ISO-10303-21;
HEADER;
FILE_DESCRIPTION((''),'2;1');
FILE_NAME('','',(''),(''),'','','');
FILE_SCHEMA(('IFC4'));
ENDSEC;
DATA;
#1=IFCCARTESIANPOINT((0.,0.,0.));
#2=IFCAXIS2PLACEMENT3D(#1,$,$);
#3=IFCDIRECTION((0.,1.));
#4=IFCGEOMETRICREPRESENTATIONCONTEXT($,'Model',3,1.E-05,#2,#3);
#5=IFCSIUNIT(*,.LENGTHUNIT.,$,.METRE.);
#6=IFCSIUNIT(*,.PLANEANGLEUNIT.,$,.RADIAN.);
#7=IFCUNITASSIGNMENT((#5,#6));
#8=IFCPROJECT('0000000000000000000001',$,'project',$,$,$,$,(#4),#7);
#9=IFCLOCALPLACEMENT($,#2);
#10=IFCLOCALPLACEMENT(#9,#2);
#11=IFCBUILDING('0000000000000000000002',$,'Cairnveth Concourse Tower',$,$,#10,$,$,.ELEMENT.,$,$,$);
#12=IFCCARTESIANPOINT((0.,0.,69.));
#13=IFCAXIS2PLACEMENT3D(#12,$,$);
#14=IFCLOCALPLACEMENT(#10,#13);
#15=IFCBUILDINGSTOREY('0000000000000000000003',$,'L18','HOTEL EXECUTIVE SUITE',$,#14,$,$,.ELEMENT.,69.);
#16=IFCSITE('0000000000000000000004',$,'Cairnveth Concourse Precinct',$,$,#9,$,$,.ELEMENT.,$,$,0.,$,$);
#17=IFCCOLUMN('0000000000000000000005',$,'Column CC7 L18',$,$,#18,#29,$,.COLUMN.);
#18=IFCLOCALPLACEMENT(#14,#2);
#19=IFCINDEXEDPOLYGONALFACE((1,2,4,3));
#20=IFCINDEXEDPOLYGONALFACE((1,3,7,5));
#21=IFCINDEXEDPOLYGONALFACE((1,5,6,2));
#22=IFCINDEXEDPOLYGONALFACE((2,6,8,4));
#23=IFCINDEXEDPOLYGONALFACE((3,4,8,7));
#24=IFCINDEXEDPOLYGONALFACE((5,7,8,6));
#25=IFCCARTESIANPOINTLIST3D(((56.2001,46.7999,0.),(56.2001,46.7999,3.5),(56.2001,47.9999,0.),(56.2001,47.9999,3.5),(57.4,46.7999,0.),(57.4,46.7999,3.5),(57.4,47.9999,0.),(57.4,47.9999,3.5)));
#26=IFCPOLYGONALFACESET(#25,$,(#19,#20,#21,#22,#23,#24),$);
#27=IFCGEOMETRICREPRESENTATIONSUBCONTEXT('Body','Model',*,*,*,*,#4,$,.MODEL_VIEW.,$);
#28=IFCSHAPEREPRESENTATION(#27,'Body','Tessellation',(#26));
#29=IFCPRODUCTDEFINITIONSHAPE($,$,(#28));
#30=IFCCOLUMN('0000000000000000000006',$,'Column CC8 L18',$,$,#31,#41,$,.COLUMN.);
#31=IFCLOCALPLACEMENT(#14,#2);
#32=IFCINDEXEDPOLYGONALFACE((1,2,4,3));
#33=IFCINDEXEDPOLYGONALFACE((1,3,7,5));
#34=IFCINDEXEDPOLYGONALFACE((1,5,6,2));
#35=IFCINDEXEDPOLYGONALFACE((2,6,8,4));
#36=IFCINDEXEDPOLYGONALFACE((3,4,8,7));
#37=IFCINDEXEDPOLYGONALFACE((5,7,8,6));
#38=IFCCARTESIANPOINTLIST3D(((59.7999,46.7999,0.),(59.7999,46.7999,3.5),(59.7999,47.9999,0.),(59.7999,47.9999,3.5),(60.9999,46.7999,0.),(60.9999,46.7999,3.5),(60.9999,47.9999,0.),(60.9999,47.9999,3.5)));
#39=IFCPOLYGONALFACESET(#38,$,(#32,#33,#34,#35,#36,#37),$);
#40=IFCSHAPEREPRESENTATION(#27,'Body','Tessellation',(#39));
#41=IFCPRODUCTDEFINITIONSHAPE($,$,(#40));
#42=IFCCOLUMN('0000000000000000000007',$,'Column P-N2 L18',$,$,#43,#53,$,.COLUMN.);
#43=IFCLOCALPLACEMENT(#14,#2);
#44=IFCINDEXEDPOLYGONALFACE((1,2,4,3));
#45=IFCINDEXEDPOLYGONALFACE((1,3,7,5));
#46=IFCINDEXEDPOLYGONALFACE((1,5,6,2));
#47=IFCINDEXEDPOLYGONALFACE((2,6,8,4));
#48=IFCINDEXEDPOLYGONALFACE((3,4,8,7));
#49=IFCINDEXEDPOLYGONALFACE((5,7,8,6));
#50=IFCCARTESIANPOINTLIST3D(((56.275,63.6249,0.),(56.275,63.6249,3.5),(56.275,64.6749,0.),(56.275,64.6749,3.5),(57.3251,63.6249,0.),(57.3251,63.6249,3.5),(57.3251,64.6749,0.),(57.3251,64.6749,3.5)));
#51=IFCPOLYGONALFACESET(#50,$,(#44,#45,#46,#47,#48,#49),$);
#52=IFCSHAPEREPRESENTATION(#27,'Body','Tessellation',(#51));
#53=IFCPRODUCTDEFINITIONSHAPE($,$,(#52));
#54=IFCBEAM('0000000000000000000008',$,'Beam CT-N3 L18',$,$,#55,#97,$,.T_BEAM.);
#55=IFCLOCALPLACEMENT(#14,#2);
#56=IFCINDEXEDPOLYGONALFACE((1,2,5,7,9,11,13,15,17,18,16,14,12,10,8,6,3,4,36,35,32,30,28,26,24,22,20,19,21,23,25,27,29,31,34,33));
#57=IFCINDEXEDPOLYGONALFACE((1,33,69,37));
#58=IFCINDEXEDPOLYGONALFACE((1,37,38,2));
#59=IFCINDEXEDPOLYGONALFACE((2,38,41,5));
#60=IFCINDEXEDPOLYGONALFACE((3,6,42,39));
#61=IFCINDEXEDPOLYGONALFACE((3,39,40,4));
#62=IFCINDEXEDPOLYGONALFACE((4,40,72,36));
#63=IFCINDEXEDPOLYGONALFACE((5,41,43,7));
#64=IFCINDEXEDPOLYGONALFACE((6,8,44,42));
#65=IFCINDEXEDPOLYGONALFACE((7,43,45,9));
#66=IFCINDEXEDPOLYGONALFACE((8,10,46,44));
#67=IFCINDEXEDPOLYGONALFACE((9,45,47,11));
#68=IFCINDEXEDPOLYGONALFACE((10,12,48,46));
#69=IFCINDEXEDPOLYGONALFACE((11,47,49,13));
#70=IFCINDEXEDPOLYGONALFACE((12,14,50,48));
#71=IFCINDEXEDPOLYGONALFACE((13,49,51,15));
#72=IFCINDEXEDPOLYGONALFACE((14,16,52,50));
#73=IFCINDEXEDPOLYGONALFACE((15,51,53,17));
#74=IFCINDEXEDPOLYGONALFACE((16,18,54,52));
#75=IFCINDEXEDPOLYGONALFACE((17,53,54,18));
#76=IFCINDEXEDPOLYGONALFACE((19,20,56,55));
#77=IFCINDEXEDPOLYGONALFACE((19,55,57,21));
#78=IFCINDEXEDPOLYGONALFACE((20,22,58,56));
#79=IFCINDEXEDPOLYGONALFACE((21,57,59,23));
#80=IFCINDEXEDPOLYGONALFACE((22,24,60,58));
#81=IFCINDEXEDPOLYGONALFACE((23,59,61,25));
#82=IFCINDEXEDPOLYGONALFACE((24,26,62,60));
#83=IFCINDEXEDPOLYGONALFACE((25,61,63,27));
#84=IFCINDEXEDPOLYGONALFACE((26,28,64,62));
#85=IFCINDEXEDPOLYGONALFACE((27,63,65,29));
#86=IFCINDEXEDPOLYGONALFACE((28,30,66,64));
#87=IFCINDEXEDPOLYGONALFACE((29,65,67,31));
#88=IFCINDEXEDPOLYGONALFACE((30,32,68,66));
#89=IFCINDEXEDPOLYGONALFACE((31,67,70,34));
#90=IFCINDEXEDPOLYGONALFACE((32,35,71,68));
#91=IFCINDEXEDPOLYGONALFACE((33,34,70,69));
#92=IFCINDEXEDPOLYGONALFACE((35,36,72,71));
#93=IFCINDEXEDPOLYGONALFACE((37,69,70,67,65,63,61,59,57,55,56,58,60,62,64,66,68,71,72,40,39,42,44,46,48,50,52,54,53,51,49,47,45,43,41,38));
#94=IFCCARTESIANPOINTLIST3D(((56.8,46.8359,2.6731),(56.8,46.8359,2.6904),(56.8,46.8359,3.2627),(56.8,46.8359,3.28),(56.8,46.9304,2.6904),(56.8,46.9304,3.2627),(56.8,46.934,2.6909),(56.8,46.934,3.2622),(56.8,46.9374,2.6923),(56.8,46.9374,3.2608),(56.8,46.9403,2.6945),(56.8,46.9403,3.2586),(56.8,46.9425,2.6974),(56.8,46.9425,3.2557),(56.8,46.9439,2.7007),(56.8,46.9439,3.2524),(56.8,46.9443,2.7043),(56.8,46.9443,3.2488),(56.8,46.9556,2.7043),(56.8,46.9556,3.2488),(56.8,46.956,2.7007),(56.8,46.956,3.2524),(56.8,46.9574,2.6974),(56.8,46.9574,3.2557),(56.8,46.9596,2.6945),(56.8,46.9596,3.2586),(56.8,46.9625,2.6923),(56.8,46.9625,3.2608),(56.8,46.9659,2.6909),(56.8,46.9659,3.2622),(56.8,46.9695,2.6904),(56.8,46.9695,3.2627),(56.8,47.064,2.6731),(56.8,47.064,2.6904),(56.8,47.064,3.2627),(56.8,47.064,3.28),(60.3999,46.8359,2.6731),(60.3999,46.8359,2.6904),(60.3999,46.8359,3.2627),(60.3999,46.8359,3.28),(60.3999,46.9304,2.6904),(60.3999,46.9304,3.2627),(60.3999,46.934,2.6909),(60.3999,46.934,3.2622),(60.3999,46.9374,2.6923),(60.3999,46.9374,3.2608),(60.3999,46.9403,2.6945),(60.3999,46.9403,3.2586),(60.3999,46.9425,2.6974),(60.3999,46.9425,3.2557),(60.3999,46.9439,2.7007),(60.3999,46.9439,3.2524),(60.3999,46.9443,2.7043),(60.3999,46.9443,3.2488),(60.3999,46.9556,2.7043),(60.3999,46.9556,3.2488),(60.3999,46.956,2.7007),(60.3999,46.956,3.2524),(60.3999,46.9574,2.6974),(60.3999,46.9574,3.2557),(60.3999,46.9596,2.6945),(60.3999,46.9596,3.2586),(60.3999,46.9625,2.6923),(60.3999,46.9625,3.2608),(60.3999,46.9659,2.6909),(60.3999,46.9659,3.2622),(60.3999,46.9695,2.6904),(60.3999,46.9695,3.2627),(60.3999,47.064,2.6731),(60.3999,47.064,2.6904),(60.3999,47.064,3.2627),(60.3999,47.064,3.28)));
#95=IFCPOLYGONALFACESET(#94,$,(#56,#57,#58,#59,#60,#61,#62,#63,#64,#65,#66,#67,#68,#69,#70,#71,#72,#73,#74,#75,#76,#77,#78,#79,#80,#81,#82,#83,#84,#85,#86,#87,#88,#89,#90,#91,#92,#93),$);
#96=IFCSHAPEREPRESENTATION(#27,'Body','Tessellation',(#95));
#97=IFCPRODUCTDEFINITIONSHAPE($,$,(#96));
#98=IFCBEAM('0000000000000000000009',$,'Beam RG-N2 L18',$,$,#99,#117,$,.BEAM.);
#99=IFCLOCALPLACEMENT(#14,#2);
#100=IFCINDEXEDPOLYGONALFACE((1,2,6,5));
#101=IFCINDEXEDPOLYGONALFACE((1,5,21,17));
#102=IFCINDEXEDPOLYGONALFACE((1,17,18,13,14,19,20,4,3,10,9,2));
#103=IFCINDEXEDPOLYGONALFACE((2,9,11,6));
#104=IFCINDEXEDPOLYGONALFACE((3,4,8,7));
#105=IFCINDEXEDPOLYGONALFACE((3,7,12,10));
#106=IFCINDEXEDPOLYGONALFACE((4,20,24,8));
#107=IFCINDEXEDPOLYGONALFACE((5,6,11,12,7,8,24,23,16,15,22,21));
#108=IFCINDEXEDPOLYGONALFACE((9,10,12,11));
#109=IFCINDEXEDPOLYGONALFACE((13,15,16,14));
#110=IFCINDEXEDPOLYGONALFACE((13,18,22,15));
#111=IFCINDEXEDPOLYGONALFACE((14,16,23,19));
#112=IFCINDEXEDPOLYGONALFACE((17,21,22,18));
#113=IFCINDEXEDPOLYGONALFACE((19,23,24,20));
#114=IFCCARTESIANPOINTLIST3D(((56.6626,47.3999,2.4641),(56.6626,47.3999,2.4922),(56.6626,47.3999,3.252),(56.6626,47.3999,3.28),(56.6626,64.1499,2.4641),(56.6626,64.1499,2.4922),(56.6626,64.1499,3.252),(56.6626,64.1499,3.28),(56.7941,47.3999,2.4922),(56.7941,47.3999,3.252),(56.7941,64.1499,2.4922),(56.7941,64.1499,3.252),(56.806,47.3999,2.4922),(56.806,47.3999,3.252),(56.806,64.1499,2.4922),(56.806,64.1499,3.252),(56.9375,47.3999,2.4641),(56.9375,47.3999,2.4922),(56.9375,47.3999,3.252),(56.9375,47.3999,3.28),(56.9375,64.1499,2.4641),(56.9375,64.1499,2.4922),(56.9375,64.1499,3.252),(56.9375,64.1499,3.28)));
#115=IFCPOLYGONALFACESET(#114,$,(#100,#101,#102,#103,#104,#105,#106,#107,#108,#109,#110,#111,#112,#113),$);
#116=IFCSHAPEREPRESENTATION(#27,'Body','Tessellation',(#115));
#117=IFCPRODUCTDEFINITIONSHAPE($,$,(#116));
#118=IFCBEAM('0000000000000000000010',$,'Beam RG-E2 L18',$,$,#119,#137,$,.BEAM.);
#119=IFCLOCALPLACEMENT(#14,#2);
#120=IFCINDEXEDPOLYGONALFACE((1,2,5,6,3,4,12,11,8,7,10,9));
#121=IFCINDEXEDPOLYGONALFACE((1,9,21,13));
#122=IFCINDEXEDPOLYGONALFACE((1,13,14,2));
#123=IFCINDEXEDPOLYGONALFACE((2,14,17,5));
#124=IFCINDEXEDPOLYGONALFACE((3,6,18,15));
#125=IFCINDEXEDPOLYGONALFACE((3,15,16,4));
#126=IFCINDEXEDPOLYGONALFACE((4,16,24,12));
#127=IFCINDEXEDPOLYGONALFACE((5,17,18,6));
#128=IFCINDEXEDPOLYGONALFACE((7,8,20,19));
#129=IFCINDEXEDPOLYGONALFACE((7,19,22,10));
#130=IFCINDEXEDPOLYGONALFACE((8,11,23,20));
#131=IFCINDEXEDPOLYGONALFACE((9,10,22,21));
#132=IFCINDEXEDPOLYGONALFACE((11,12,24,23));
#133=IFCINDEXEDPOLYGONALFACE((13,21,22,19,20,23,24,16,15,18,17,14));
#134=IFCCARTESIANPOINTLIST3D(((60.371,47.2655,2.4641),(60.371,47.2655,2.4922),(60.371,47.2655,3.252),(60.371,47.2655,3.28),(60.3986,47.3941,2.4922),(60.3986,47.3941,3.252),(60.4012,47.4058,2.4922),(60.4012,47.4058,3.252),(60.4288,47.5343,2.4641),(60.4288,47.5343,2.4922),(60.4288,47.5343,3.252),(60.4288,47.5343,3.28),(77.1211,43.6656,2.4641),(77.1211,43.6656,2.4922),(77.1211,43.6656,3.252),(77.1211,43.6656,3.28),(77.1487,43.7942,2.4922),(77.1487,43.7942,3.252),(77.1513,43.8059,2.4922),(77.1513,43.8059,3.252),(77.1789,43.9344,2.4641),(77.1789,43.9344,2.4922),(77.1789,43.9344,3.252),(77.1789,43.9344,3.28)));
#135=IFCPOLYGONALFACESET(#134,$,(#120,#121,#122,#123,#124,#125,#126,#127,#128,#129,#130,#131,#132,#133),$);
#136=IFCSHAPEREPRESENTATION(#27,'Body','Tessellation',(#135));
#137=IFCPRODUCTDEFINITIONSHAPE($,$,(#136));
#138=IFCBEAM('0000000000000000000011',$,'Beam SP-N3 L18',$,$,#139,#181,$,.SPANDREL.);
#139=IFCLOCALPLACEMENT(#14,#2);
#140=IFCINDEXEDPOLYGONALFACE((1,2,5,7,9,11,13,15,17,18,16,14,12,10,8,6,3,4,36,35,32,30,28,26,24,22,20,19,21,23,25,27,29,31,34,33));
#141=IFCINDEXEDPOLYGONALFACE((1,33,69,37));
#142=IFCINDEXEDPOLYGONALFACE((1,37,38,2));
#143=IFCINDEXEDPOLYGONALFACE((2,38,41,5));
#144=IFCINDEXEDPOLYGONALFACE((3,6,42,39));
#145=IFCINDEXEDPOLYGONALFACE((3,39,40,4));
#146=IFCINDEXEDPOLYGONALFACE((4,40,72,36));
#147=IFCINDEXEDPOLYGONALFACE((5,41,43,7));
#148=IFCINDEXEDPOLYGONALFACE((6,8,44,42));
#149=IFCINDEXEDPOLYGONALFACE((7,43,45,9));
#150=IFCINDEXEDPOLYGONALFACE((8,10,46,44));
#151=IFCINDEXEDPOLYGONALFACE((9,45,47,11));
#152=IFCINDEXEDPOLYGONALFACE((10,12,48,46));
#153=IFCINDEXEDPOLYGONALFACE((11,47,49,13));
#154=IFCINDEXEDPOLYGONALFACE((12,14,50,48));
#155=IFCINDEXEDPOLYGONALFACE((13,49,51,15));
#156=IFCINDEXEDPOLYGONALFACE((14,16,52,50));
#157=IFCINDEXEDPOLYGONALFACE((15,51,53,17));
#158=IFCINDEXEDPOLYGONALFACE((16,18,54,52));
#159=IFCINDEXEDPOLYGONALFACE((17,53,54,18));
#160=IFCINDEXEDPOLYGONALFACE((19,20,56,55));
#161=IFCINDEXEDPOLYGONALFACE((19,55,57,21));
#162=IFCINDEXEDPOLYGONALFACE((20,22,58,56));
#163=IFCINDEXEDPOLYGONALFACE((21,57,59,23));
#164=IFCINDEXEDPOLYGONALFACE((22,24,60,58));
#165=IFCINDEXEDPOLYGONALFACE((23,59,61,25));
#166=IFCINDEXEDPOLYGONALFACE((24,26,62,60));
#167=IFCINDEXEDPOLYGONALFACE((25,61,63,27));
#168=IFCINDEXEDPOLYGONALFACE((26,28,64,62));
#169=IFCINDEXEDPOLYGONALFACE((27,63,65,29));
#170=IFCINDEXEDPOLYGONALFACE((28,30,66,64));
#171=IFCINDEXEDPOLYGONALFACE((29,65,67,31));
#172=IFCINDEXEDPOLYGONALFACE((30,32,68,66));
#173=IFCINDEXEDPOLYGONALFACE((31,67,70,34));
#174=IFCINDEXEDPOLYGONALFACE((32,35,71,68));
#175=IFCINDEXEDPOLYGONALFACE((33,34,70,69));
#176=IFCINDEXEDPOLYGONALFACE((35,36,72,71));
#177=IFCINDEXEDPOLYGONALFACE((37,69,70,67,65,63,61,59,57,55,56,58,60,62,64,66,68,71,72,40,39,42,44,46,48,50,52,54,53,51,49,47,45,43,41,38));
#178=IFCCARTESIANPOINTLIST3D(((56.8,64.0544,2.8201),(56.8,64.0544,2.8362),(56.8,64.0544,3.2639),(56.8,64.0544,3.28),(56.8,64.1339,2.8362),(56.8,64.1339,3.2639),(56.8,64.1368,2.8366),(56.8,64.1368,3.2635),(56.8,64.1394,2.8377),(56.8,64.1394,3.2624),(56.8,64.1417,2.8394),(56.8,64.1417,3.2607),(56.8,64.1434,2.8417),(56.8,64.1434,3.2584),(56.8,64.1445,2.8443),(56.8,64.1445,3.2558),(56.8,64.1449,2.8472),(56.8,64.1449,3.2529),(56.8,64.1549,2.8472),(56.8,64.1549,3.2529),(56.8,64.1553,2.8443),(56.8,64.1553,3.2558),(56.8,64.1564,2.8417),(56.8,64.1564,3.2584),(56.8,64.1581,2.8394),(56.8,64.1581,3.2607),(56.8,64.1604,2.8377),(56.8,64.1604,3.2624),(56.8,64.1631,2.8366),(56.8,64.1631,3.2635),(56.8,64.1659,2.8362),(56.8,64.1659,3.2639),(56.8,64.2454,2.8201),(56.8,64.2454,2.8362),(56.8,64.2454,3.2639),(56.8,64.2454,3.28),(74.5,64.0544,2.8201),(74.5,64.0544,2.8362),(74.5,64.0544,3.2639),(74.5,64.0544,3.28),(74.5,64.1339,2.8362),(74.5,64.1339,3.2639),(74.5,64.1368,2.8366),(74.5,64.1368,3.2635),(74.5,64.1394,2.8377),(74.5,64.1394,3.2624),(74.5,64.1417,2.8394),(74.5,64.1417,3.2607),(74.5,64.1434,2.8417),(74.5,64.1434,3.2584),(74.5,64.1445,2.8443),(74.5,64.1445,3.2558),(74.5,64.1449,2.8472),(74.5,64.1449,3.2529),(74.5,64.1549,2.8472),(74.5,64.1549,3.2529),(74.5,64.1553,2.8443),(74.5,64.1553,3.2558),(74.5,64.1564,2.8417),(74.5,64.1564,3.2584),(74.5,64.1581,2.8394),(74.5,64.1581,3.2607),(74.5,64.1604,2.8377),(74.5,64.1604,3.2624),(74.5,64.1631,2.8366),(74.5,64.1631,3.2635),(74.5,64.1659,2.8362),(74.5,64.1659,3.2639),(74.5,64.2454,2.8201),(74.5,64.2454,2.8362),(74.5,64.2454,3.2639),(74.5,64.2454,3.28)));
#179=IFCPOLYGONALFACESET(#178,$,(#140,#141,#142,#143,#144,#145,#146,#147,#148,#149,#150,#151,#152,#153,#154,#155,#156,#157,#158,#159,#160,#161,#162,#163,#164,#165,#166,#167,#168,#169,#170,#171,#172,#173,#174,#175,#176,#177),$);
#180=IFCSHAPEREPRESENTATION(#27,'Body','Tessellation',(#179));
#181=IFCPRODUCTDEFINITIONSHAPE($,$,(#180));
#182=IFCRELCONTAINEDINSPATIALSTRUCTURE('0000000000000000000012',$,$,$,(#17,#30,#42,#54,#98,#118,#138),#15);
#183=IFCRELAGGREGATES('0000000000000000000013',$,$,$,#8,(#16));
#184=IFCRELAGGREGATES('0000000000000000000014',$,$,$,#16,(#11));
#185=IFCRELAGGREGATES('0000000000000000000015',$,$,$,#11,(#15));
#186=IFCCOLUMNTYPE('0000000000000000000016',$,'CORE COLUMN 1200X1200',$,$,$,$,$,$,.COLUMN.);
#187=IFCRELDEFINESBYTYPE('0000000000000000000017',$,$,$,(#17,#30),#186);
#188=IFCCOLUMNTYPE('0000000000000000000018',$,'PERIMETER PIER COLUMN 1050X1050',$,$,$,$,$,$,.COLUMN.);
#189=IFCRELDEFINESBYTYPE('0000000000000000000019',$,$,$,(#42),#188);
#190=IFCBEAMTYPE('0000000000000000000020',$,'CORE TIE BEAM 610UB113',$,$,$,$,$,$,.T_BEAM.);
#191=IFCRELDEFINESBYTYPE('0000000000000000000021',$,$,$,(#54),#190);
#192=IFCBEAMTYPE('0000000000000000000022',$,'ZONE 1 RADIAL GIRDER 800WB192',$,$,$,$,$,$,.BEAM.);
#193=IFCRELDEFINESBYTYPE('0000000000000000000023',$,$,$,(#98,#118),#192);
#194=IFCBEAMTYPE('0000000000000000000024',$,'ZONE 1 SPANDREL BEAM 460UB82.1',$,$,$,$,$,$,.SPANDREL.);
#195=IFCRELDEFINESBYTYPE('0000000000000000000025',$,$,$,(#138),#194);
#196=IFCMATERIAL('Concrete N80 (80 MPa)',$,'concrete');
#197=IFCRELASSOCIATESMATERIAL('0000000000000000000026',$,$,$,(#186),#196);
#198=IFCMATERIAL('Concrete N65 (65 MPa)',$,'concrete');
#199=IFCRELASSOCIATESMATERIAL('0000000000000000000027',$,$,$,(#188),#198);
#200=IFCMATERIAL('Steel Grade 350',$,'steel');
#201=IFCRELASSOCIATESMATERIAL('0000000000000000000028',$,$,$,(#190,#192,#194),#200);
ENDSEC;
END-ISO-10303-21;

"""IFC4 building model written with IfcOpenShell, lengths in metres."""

from ifc_helpers import new_model, si_unit, direction, frame, origin, origin_2d, place, context, subcontext, project, spatial, rectangle, i_section, extrude, material, material_profile, profile_set, type_object, element, save


model = new_model("IFC4")

# Units and contexts
model_context = context("Model", 3, precision=1e-05, world=origin(), true_north=direction((0.0, 1.0)))
body_context = subcontext(model_context, "Body", "Model", "MODEL_VIEW")
ifc_project = project(units=[si_unit("LENGTHUNIT", "METRE"), si_unit("PLANEANGLEUNIT", "RADIAN")], contexts=[model_context])

# Site, building, storey
site_placement = place(None, origin())
site = spatial("IfcSite", under=ifc_project, at=site_placement, Name="Cairnveth Concourse Precinct", CompositionType="ELEMENT", RefElevation=0.0)
building_placement = place(site_placement, origin())
building = spatial("IfcBuilding", under=site, at=building_placement, Name="Cairnveth Concourse Tower", CompositionType="ELEMENT")
storey_placement = place(building_placement, frame((0.0, 0.0, 69.0)))
storey = spatial("IfcBuildingStorey", under=building, at=storey_placement, Name="L18", Description="HOTEL EXECUTIVE SUITE", CompositionType="ELEMENT", Elevation=69.0)

# Columns
ifc_material_1 = material(Name="Concrete N80 (80 MPa)", Category="concrete")
ifc_material_profile_1 = material_profile(ifc_material_1, rectangle(XDim=1.2, YDim=1.2, at=origin_2d()), Name="RC-COL-1200x1200")
ifc_profile_set_1 = profile_set([ifc_material_profile_1], Name="Concrete N80 (80 MPa)")
column_type_1 = type_object("IfcColumnType", Name="CORE COLUMN 1200X1200", PredefinedType="COLUMN", material=ifc_profile_set_1)
for number, where, z_axis, x_axis, name in (
    (1, (56.8, 47.3999, 0.0), (0.0, 0.0, 1.0), (1.0, 0.0, 0.0), "Column CC7 L18"),
    (2, (60.3999, 47.3999, 0.0), (0.0, 0.0, 1.0), (1.0, 0.0, 0.0), "Column CC8 L18"),
):
    element("IfcColumn", number, at=place(storey_placement, frame(where, z_axis=z_axis, x_axis=x_axis)), inside=storey, type_object=column_type_1, Name=name, PredefinedType="COLUMN", context=body_context, shape_type="SweptSolid", body=[
        extrude(rectangle(XDim=1.2, YDim=1.2, at=origin_2d()), origin(), (0.0, 0.0, 1.0), 3.5),
    ])
ifc_material_2 = material(Name="Concrete N65 (65 MPa)", Category="concrete")
ifc_material_profile_2 = material_profile(ifc_material_2, rectangle(XDim=1.05, YDim=1.05, at=origin_2d()), Name="RC-COL-1050x1050")
ifc_profile_set_2 = profile_set([ifc_material_profile_2], Name="Concrete N65 (65 MPa)")
column_type_2 = type_object("IfcColumnType", Name="PERIMETER PIER COLUMN 1050X1050", PredefinedType="COLUMN", material=ifc_profile_set_2)
column_placement = place(storey_placement, frame((56.8, 64.1499, 0.0), z_axis=(0.0, 0.0, 1.0), x_axis=(1.0, 0.0, 0.0)))
element("IfcColumn", 3, at=column_placement, inside=storey, type_object=column_type_2, Name="Column P-N2 L18", PredefinedType="COLUMN", context=body_context, shape_type="SweptSolid", body=[
    extrude(rectangle(XDim=1.05, YDim=1.05, at=origin_2d()), origin(), (0.0, 0.0, 1.0), 3.5),
])

# Beams
ifc_material_3 = material(Name="Steel Grade 350", Category="steel")
ifc_material_profile_3 = material_profile(ifc_material_3, i_section(OverallWidth=0.228, OverallDepth=0.6069, WebThickness=0.0112, FlangeThickness=0.0173, FilletRadius=0.0139, at=origin_2d()), Name="610UB113")
ifc_profile_set_3 = profile_set([ifc_material_profile_3], Name="Steel Grade 350")
beam_type_1 = type_object("IfcBeamType", Name="CORE TIE BEAM 610UB113", PredefinedType="T_BEAM", material=ifc_profile_set_3)
beam_1_placement = place(storey_placement, frame((56.8, 46.95, 2.9766), z_axis=(1.0, 0.0, 0.0), x_axis=(0.0, 1.0, 0.0)))
element("IfcBeam", 4, at=beam_1_placement, inside=storey, type_object=beam_type_1, Name="Beam CT-N3 L18", PredefinedType="T_BEAM", context=body_context, shape_type="SweptSolid", body=[
    extrude(i_section(OverallWidth=0.228, OverallDepth=0.6069, WebThickness=0.0112, FlangeThickness=0.0173, FilletRadius=0.0139, at=origin_2d()), origin(), (0.0, 0.0, 1.0), 3.5999),
])
ifc_material_profile_4 = material_profile(ifc_material_3, i_section(OverallWidth=0.2749, OverallDepth=0.8159, WebThickness=0.012, FlangeThickness=0.0281, at=origin_2d()), Name="800WB192")
ifc_profile_set_4 = profile_set([ifc_material_profile_4], Name="Steel Grade 350")
beam_type_2 = type_object("IfcBeamType", Name="ZONE 1 RADIAL GIRDER 800WB192", PredefinedType="BEAM", material=ifc_profile_set_4)
beam_2_placement = place(storey_placement, frame((56.8, 47.3999, 2.8721), z_axis=(0.0, 1.0, 0.0), x_axis=(-1.0, 0.0, 0.0)))
element("IfcBeam", 5, at=beam_2_placement, inside=storey, type_object=beam_type_2, Name="Beam RG-N2 L18", PredefinedType="BEAM", context=body_context, shape_type="SweptSolid", body=[
    extrude(i_section(OverallWidth=0.2749, OverallDepth=0.8159, WebThickness=0.012, FlangeThickness=0.0281, at=origin_2d()), origin(), (0.0, 0.0, 1.0), 16.75),
])
beam_3_placement = place(storey_placement, frame((60.3999, 47.3999, 2.8721), z_axis=(0.977676, -0.210119, 0.0), x_axis=(0.210119, 0.977676, 0.0)))
element("IfcBeam", 6, at=beam_3_placement, inside=storey, type_object=beam_type_2, Name="Beam RG-E2 L18", PredefinedType="BEAM", context=body_context, shape_type="SweptSolid", body=[
    extrude(i_section(OverallWidth=0.2749, OverallDepth=0.8159, WebThickness=0.012, FlangeThickness=0.0281, at=origin_2d()), origin(), (0.0, 0.0, 1.0), 17.1326),
])
ifc_material_profile_5 = material_profile(ifc_material_3, i_section(OverallWidth=0.1909, OverallDepth=0.46, WebThickness=0.01, FlangeThickness=0.0161, FilletRadius=0.011, at=origin_2d()), Name="460UB82.1")
ifc_profile_set_5 = profile_set([ifc_material_profile_5], Name="Steel Grade 350")
beam_type_3 = type_object("IfcBeamType", Name="ZONE 1 SPANDREL BEAM 460UB82.1", PredefinedType="SPANDREL", material=ifc_profile_set_5)
beam_4_placement = place(storey_placement, frame((56.8, 64.1499, 3.05), z_axis=(1.0, 0.0, 0.0), x_axis=(0.0, 1.0, 0.0)))
element("IfcBeam", 7, at=beam_4_placement, inside=storey, type_object=beam_type_3, Name="Beam SP-N3 L18", PredefinedType="SPANDREL", context=body_context, shape_type="SweptSolid", body=[
    extrude(i_section(OverallWidth=0.1909, OverallDepth=0.46, WebThickness=0.01, FlangeThickness=0.0161, FilletRadius=0.011, at=origin_2d()), origin(), (0.0, 0.0, 1.0), 17.7),
])

save(model, "model.ifc")
